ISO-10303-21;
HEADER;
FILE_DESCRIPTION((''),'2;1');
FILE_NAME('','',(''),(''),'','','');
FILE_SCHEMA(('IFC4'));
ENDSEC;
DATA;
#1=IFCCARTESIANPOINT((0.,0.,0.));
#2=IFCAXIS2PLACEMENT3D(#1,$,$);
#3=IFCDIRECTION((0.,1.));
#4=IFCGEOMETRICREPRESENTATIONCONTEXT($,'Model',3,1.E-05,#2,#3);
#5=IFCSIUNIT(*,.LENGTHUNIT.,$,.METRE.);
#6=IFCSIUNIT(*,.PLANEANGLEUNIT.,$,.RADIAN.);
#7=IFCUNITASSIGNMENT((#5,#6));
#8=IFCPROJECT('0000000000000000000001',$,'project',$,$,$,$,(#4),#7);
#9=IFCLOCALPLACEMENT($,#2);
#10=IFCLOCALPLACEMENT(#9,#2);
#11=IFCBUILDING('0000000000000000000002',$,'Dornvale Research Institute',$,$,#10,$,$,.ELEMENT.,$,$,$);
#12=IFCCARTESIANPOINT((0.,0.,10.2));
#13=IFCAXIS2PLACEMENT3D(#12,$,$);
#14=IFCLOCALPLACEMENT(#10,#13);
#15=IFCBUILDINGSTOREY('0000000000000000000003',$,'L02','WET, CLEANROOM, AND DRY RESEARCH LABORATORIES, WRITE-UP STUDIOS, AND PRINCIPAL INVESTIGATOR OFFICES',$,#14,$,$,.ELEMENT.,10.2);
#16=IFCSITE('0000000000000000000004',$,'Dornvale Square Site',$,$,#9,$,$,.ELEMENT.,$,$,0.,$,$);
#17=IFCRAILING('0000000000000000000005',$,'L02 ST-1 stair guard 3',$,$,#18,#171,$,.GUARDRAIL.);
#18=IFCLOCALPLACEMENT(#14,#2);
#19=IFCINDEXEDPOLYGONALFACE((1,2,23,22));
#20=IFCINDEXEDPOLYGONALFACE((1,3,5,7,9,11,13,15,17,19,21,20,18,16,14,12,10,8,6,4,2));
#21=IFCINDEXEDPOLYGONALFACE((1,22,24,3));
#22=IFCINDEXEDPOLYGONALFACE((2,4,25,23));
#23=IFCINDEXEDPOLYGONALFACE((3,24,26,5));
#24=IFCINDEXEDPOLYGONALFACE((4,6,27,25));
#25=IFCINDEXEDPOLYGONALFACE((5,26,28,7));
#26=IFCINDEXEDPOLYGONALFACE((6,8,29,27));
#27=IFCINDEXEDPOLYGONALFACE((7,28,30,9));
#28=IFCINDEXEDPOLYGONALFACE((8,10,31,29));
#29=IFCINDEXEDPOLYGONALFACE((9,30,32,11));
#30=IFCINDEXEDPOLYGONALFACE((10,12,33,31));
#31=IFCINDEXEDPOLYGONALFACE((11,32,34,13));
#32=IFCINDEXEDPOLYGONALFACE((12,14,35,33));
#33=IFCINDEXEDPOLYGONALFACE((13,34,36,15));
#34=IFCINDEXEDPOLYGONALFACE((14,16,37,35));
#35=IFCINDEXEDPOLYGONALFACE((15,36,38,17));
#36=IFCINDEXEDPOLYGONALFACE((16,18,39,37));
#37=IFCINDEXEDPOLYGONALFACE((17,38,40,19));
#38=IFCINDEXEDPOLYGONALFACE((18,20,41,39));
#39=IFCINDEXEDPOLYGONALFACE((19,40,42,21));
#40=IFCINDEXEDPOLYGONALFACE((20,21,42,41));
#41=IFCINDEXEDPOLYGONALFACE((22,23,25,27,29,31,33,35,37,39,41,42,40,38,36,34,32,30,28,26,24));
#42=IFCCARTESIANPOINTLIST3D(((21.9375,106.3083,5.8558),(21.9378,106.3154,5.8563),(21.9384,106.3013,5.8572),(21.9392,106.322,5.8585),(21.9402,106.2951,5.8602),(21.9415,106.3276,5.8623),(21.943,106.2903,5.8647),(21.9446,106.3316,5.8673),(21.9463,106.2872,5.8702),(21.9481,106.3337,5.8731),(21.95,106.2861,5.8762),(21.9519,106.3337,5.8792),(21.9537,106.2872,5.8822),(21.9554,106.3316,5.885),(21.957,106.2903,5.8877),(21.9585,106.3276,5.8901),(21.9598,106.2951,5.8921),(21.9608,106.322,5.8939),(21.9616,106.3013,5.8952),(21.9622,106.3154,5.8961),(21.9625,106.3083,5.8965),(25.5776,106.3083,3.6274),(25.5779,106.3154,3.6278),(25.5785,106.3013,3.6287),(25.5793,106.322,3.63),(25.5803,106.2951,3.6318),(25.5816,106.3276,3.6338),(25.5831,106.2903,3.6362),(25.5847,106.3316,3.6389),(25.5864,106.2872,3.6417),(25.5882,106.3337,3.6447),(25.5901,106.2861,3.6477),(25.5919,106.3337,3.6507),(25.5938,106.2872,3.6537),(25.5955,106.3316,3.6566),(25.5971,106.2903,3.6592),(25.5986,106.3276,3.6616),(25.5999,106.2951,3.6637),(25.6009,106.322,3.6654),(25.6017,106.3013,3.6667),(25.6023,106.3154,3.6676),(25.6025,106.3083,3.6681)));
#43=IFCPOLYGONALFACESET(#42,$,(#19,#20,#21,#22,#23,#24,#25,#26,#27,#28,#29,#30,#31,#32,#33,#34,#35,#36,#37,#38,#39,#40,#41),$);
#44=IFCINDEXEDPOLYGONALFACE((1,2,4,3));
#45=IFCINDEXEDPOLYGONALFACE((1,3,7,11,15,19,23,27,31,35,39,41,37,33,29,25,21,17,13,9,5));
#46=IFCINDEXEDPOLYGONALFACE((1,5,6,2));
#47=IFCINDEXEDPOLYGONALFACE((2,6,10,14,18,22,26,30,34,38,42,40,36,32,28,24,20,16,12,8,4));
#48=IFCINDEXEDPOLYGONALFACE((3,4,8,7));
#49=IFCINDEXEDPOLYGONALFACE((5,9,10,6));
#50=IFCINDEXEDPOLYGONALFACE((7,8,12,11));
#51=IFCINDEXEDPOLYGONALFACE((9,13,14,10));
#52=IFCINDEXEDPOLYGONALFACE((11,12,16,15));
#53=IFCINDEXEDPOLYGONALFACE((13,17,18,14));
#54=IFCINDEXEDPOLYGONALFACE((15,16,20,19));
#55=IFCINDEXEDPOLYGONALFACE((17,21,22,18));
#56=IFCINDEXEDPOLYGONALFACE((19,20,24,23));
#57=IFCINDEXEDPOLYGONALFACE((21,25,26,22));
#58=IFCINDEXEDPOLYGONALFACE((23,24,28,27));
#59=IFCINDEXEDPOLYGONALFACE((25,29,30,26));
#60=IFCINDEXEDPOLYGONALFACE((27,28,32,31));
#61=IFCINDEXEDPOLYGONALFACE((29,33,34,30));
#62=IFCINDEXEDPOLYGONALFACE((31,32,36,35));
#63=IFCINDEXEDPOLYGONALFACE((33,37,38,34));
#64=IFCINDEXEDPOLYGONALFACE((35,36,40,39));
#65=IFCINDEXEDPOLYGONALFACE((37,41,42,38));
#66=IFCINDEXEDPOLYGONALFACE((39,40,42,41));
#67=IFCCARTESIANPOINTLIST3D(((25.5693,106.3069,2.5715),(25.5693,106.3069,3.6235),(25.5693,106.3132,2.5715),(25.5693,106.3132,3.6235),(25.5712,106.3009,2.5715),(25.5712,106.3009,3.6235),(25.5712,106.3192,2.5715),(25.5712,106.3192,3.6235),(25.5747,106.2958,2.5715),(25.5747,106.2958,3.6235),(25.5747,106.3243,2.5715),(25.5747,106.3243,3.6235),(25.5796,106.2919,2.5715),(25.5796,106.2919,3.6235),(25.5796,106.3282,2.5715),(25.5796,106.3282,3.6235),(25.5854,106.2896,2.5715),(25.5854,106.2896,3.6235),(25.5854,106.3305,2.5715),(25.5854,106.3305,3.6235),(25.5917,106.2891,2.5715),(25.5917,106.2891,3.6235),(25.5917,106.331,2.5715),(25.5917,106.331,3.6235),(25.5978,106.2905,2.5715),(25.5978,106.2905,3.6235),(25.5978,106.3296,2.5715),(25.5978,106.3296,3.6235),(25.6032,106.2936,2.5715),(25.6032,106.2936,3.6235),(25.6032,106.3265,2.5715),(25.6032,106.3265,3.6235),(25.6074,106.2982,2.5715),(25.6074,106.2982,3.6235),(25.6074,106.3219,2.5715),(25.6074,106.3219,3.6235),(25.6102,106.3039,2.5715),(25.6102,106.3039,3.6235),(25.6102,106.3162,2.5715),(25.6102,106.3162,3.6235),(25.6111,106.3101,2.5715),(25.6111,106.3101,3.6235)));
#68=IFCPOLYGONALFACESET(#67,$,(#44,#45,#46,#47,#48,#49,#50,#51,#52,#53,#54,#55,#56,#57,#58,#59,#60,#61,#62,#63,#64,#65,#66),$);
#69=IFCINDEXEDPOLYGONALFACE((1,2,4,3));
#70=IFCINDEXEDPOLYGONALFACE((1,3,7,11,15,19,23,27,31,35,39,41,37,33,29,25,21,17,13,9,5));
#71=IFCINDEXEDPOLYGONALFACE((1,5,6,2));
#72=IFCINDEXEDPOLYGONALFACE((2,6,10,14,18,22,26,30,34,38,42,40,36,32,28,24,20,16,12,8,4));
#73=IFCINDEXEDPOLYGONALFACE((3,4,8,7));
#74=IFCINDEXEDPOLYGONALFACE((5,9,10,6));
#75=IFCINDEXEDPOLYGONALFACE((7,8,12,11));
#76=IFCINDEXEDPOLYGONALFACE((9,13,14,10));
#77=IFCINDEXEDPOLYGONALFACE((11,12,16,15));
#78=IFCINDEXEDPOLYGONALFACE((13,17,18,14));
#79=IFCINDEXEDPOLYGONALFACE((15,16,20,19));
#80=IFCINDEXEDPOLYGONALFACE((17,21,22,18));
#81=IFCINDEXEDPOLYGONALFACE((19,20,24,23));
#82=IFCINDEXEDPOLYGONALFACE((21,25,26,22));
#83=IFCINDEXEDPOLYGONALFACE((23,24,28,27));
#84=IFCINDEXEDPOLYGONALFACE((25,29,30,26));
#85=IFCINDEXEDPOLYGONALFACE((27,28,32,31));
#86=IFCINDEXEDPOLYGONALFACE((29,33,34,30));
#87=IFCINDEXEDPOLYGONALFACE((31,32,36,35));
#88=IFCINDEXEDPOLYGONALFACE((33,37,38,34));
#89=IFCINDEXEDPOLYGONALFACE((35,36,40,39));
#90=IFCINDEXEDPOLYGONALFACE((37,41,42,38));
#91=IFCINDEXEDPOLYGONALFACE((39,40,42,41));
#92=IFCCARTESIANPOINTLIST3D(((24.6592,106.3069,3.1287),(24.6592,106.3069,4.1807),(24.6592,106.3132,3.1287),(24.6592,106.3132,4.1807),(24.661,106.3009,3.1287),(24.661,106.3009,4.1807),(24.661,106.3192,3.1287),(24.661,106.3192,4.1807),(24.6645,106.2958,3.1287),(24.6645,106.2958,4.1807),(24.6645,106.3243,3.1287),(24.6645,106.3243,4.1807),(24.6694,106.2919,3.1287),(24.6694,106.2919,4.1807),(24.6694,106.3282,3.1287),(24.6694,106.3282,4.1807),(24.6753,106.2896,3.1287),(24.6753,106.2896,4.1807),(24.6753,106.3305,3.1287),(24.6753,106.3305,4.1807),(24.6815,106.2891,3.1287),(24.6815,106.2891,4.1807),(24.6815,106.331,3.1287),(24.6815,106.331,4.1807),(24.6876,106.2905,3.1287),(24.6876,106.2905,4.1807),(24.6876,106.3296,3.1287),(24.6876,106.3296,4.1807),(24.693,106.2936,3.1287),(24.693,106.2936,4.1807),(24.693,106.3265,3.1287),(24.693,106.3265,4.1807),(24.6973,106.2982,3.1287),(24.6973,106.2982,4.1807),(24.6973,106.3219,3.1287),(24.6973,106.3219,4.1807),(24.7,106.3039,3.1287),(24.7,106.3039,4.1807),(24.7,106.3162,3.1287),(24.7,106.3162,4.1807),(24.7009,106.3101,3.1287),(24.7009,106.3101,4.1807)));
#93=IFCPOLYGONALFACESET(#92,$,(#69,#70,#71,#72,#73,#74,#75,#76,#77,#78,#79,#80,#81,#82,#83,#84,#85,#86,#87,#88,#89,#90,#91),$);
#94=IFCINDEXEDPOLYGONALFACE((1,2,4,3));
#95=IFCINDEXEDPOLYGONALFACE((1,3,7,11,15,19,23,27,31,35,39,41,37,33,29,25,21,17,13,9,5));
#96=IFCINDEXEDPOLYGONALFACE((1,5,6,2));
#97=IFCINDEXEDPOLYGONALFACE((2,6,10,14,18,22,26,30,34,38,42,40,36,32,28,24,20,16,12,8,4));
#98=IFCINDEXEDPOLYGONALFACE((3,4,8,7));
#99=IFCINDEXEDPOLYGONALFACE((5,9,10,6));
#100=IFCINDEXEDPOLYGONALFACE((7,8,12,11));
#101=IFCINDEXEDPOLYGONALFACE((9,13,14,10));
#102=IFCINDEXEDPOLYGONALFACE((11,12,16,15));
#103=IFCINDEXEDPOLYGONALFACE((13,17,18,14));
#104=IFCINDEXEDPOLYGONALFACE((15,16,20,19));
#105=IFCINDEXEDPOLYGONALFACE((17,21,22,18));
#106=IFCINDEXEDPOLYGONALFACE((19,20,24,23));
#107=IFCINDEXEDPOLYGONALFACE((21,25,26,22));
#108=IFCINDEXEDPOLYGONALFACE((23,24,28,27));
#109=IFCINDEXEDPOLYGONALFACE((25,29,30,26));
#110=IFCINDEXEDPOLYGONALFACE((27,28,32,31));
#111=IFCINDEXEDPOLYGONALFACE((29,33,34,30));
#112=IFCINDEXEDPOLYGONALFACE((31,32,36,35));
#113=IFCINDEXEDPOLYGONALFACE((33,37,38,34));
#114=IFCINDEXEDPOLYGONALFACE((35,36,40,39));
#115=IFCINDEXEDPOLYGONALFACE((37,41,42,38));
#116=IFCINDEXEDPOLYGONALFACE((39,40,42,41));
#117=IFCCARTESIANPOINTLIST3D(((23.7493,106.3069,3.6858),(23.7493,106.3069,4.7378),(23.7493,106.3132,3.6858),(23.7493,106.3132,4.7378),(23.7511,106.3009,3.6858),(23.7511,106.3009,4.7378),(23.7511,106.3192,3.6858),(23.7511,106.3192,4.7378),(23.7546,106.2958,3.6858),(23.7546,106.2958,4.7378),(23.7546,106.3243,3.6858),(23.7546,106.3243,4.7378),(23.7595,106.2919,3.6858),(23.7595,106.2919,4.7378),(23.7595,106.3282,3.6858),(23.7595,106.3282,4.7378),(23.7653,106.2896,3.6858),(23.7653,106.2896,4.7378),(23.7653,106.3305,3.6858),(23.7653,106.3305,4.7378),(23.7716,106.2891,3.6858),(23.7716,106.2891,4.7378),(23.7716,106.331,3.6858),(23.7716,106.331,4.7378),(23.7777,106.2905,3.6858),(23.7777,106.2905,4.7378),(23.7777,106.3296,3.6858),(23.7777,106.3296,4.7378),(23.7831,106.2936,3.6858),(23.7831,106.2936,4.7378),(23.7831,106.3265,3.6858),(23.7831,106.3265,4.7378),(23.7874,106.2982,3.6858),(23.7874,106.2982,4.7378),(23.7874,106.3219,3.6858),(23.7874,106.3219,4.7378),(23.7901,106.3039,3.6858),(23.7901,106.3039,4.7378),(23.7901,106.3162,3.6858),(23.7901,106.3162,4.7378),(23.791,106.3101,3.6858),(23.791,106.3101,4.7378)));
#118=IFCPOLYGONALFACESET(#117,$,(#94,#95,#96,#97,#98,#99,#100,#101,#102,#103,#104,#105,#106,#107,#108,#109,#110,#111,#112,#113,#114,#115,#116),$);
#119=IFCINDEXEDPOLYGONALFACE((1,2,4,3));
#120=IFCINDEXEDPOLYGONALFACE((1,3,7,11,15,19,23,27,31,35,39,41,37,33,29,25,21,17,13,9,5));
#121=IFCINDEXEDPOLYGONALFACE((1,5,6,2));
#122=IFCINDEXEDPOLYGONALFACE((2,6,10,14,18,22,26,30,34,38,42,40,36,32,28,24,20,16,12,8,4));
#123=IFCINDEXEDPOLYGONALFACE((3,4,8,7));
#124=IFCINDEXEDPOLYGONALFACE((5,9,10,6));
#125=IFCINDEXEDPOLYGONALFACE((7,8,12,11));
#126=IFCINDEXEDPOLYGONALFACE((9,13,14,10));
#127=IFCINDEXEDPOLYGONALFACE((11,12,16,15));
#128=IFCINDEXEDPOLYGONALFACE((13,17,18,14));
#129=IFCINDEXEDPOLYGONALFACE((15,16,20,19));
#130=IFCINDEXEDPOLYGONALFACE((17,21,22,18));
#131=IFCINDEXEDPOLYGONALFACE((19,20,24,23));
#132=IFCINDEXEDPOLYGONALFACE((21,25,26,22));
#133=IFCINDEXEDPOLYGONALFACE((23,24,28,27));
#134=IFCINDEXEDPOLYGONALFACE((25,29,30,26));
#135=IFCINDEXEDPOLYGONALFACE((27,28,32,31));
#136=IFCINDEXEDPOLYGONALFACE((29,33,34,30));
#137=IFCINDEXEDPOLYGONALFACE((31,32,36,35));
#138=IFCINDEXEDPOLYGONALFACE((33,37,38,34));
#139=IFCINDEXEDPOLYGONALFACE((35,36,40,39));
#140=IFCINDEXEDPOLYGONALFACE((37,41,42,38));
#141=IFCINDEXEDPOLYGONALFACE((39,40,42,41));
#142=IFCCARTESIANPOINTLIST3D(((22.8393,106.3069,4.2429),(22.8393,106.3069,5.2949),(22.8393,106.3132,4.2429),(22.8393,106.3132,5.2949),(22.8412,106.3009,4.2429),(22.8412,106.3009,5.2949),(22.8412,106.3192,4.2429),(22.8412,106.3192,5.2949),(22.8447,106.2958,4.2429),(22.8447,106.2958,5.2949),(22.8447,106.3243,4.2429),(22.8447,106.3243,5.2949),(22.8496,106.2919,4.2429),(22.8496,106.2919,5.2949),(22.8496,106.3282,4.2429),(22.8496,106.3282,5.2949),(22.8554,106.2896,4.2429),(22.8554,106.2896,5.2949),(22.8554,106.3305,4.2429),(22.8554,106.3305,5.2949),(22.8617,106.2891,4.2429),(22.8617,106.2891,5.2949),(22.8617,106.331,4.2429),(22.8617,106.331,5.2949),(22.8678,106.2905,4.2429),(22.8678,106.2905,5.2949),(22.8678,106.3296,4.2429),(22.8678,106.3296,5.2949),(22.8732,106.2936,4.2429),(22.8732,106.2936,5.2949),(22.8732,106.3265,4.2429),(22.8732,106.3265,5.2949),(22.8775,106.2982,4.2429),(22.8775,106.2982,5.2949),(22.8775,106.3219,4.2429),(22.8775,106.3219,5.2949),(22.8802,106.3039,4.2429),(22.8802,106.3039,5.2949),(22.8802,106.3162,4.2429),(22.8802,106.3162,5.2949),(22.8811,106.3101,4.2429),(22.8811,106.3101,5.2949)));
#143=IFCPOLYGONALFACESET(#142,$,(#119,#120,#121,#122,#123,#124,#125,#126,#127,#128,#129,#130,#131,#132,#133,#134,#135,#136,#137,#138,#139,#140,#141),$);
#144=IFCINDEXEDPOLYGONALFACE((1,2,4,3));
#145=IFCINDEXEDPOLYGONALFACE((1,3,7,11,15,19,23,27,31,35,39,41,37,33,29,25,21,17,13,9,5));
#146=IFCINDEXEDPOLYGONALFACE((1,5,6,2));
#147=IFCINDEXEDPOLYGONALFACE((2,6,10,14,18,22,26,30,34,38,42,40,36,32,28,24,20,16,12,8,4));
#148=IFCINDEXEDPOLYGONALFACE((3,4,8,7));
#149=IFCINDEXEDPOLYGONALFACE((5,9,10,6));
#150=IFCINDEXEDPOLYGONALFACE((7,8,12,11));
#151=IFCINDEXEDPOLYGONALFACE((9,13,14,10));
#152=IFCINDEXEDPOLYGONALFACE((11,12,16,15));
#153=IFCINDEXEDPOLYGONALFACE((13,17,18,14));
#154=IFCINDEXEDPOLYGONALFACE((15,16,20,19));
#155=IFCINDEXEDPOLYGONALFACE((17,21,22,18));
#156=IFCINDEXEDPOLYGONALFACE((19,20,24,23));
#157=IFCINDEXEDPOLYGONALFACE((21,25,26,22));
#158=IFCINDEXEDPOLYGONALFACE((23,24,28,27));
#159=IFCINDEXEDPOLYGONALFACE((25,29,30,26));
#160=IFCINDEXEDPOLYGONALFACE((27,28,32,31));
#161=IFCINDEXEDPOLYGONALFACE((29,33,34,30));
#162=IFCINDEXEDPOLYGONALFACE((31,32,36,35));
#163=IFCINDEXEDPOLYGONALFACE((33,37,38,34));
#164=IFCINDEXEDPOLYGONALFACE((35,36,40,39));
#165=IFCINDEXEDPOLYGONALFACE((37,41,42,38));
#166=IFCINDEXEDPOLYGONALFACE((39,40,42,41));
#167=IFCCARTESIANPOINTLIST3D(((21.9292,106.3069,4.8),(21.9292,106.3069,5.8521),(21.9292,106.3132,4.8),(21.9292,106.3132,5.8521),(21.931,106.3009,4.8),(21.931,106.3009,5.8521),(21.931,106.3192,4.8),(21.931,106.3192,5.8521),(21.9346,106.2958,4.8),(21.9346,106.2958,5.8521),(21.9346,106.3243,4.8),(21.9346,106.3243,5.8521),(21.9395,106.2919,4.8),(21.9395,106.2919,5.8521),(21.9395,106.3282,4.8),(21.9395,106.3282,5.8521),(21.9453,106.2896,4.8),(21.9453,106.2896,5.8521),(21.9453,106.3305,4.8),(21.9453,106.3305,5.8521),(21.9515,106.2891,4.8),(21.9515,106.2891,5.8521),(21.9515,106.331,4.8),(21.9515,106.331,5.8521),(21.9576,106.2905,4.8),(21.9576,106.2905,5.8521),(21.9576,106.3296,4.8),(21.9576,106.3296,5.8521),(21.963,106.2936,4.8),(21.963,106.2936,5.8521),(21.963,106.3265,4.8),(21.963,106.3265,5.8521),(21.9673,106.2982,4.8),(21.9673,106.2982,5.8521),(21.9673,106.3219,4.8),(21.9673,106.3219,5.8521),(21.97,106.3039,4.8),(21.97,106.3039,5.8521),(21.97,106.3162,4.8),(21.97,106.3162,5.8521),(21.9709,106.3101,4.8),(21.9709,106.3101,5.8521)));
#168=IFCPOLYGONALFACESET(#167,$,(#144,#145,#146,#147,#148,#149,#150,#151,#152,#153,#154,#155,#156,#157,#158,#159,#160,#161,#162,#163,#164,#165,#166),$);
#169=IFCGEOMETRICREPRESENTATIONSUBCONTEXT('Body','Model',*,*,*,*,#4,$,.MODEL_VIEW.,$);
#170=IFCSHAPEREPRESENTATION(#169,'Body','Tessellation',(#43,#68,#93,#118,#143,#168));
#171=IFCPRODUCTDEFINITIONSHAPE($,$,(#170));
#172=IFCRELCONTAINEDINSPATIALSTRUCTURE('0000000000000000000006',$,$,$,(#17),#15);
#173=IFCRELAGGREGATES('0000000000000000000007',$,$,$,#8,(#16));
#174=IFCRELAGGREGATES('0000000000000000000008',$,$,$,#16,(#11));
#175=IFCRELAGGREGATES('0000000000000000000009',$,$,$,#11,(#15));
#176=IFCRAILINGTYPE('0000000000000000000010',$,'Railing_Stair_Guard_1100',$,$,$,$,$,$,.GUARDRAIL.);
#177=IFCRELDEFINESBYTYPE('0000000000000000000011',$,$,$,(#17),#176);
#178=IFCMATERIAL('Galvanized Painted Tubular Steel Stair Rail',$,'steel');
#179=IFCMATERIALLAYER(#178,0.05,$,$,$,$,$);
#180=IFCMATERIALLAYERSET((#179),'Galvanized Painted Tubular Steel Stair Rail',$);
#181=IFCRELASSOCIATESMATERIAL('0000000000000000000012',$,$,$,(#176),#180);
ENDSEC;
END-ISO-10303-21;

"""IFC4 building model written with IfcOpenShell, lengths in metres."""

from ifc_helpers import new_model, si_unit, direction, frame, origin, origin_2d, place, context, subcontext, project, spatial, circle, extrude, material, layer, layer_set, type_object, element, save


model = new_model("IFC4")

# Units and contexts
model_context = context("Model", 3, precision=1e-05, world=origin(), true_north=direction((0.0, 1.0)))
body_context = subcontext(model_context, "Body", "Model", "MODEL_VIEW")
ifc_project = project(units=[si_unit("LENGTHUNIT", "METRE"), si_unit("PLANEANGLEUNIT", "RADIAN")], contexts=[model_context])

# Site, building, storey
site_placement = place(None, origin())
site = spatial("IfcSite", under=ifc_project, at=site_placement, Name="Dornvale Square Site", CompositionType="ELEMENT", RefElevation=0.0)
building_placement = place(site_placement, origin())
building = spatial("IfcBuilding", under=site, at=building_placement, Name="Dornvale Research Institute", CompositionType="ELEMENT")
storey_placement = place(building_placement, frame((0.0, 0.0, 10.2)))
storey = spatial("IfcBuildingStorey", under=building, at=storey_placement, Name="L02", Description="WET, CLEANROOM, AND DRY RESEARCH LABORATORIES, WRITE-UP STUDIOS, AND PRINCIPAL INVESTIGATOR OFFICES", CompositionType="ELEMENT", Elevation=10.2)

# Railing
ifc_material_1 = material(Name="Galvanized Painted Tubular Steel Stair Rail", Category="steel")
ifc_layer_1 = layer(ifc_material_1, 0.05)
ifc_layer_set_1 = layer_set([ifc_layer_1], Name="Galvanized Painted Tubular Steel Stair Rail")
railing_type_1 = type_object("IfcRailingType", Name="Railing_Stair_Guard_1100", PredefinedType="GUARDRAIL", material=ifc_layer_set_1)
railing_1_placement = place(storey_placement, frame((25.5901, 106.3101, 2.5715)))
element("IfcRailing", 1, at=railing_1_placement, inside=storey, type_object=railing_type_1, Name="L02 ST-1 stair guard 3", PredefinedType="GUARDRAIL", context=body_context, shape_type="SweptSolid", body=[
    extrude(circle(Radius=0.0239, at=origin_2d()), frame((0.0, 0.0, 1.0762), z_axis=(-0.852866, 0.0, 0.52213), x_axis=(0.0, -1.0, 0.0)), (0.0, 0.0, 1.0), 4.2681),
    extrude(circle(Radius=0.021, at=origin_2d()), origin(), (0.0, 0.0, 1.0), 1.052),
    extrude(circle(Radius=0.021, at=origin_2d()), frame((-0.9102, 0.0, 0.5571)), (0.0, 0.0, 1.0), 1.052),
    extrude(circle(Radius=0.021, at=origin_2d()), frame((-1.8201, 0.0, 1.1143)), (0.0, 0.0, 1.0), 1.052),
    extrude(circle(Radius=0.021, at=origin_2d()), frame((-2.73, 0.0, 1.6714)), (0.0, 0.0, 1.0), 1.052),
    extrude(circle(Radius=0.021, at=origin_2d()), frame((-3.6401, 0.0, 2.2285)), (0.0, 0.0, 1.0), 1.052),
])

save(model, "model.ifc")
